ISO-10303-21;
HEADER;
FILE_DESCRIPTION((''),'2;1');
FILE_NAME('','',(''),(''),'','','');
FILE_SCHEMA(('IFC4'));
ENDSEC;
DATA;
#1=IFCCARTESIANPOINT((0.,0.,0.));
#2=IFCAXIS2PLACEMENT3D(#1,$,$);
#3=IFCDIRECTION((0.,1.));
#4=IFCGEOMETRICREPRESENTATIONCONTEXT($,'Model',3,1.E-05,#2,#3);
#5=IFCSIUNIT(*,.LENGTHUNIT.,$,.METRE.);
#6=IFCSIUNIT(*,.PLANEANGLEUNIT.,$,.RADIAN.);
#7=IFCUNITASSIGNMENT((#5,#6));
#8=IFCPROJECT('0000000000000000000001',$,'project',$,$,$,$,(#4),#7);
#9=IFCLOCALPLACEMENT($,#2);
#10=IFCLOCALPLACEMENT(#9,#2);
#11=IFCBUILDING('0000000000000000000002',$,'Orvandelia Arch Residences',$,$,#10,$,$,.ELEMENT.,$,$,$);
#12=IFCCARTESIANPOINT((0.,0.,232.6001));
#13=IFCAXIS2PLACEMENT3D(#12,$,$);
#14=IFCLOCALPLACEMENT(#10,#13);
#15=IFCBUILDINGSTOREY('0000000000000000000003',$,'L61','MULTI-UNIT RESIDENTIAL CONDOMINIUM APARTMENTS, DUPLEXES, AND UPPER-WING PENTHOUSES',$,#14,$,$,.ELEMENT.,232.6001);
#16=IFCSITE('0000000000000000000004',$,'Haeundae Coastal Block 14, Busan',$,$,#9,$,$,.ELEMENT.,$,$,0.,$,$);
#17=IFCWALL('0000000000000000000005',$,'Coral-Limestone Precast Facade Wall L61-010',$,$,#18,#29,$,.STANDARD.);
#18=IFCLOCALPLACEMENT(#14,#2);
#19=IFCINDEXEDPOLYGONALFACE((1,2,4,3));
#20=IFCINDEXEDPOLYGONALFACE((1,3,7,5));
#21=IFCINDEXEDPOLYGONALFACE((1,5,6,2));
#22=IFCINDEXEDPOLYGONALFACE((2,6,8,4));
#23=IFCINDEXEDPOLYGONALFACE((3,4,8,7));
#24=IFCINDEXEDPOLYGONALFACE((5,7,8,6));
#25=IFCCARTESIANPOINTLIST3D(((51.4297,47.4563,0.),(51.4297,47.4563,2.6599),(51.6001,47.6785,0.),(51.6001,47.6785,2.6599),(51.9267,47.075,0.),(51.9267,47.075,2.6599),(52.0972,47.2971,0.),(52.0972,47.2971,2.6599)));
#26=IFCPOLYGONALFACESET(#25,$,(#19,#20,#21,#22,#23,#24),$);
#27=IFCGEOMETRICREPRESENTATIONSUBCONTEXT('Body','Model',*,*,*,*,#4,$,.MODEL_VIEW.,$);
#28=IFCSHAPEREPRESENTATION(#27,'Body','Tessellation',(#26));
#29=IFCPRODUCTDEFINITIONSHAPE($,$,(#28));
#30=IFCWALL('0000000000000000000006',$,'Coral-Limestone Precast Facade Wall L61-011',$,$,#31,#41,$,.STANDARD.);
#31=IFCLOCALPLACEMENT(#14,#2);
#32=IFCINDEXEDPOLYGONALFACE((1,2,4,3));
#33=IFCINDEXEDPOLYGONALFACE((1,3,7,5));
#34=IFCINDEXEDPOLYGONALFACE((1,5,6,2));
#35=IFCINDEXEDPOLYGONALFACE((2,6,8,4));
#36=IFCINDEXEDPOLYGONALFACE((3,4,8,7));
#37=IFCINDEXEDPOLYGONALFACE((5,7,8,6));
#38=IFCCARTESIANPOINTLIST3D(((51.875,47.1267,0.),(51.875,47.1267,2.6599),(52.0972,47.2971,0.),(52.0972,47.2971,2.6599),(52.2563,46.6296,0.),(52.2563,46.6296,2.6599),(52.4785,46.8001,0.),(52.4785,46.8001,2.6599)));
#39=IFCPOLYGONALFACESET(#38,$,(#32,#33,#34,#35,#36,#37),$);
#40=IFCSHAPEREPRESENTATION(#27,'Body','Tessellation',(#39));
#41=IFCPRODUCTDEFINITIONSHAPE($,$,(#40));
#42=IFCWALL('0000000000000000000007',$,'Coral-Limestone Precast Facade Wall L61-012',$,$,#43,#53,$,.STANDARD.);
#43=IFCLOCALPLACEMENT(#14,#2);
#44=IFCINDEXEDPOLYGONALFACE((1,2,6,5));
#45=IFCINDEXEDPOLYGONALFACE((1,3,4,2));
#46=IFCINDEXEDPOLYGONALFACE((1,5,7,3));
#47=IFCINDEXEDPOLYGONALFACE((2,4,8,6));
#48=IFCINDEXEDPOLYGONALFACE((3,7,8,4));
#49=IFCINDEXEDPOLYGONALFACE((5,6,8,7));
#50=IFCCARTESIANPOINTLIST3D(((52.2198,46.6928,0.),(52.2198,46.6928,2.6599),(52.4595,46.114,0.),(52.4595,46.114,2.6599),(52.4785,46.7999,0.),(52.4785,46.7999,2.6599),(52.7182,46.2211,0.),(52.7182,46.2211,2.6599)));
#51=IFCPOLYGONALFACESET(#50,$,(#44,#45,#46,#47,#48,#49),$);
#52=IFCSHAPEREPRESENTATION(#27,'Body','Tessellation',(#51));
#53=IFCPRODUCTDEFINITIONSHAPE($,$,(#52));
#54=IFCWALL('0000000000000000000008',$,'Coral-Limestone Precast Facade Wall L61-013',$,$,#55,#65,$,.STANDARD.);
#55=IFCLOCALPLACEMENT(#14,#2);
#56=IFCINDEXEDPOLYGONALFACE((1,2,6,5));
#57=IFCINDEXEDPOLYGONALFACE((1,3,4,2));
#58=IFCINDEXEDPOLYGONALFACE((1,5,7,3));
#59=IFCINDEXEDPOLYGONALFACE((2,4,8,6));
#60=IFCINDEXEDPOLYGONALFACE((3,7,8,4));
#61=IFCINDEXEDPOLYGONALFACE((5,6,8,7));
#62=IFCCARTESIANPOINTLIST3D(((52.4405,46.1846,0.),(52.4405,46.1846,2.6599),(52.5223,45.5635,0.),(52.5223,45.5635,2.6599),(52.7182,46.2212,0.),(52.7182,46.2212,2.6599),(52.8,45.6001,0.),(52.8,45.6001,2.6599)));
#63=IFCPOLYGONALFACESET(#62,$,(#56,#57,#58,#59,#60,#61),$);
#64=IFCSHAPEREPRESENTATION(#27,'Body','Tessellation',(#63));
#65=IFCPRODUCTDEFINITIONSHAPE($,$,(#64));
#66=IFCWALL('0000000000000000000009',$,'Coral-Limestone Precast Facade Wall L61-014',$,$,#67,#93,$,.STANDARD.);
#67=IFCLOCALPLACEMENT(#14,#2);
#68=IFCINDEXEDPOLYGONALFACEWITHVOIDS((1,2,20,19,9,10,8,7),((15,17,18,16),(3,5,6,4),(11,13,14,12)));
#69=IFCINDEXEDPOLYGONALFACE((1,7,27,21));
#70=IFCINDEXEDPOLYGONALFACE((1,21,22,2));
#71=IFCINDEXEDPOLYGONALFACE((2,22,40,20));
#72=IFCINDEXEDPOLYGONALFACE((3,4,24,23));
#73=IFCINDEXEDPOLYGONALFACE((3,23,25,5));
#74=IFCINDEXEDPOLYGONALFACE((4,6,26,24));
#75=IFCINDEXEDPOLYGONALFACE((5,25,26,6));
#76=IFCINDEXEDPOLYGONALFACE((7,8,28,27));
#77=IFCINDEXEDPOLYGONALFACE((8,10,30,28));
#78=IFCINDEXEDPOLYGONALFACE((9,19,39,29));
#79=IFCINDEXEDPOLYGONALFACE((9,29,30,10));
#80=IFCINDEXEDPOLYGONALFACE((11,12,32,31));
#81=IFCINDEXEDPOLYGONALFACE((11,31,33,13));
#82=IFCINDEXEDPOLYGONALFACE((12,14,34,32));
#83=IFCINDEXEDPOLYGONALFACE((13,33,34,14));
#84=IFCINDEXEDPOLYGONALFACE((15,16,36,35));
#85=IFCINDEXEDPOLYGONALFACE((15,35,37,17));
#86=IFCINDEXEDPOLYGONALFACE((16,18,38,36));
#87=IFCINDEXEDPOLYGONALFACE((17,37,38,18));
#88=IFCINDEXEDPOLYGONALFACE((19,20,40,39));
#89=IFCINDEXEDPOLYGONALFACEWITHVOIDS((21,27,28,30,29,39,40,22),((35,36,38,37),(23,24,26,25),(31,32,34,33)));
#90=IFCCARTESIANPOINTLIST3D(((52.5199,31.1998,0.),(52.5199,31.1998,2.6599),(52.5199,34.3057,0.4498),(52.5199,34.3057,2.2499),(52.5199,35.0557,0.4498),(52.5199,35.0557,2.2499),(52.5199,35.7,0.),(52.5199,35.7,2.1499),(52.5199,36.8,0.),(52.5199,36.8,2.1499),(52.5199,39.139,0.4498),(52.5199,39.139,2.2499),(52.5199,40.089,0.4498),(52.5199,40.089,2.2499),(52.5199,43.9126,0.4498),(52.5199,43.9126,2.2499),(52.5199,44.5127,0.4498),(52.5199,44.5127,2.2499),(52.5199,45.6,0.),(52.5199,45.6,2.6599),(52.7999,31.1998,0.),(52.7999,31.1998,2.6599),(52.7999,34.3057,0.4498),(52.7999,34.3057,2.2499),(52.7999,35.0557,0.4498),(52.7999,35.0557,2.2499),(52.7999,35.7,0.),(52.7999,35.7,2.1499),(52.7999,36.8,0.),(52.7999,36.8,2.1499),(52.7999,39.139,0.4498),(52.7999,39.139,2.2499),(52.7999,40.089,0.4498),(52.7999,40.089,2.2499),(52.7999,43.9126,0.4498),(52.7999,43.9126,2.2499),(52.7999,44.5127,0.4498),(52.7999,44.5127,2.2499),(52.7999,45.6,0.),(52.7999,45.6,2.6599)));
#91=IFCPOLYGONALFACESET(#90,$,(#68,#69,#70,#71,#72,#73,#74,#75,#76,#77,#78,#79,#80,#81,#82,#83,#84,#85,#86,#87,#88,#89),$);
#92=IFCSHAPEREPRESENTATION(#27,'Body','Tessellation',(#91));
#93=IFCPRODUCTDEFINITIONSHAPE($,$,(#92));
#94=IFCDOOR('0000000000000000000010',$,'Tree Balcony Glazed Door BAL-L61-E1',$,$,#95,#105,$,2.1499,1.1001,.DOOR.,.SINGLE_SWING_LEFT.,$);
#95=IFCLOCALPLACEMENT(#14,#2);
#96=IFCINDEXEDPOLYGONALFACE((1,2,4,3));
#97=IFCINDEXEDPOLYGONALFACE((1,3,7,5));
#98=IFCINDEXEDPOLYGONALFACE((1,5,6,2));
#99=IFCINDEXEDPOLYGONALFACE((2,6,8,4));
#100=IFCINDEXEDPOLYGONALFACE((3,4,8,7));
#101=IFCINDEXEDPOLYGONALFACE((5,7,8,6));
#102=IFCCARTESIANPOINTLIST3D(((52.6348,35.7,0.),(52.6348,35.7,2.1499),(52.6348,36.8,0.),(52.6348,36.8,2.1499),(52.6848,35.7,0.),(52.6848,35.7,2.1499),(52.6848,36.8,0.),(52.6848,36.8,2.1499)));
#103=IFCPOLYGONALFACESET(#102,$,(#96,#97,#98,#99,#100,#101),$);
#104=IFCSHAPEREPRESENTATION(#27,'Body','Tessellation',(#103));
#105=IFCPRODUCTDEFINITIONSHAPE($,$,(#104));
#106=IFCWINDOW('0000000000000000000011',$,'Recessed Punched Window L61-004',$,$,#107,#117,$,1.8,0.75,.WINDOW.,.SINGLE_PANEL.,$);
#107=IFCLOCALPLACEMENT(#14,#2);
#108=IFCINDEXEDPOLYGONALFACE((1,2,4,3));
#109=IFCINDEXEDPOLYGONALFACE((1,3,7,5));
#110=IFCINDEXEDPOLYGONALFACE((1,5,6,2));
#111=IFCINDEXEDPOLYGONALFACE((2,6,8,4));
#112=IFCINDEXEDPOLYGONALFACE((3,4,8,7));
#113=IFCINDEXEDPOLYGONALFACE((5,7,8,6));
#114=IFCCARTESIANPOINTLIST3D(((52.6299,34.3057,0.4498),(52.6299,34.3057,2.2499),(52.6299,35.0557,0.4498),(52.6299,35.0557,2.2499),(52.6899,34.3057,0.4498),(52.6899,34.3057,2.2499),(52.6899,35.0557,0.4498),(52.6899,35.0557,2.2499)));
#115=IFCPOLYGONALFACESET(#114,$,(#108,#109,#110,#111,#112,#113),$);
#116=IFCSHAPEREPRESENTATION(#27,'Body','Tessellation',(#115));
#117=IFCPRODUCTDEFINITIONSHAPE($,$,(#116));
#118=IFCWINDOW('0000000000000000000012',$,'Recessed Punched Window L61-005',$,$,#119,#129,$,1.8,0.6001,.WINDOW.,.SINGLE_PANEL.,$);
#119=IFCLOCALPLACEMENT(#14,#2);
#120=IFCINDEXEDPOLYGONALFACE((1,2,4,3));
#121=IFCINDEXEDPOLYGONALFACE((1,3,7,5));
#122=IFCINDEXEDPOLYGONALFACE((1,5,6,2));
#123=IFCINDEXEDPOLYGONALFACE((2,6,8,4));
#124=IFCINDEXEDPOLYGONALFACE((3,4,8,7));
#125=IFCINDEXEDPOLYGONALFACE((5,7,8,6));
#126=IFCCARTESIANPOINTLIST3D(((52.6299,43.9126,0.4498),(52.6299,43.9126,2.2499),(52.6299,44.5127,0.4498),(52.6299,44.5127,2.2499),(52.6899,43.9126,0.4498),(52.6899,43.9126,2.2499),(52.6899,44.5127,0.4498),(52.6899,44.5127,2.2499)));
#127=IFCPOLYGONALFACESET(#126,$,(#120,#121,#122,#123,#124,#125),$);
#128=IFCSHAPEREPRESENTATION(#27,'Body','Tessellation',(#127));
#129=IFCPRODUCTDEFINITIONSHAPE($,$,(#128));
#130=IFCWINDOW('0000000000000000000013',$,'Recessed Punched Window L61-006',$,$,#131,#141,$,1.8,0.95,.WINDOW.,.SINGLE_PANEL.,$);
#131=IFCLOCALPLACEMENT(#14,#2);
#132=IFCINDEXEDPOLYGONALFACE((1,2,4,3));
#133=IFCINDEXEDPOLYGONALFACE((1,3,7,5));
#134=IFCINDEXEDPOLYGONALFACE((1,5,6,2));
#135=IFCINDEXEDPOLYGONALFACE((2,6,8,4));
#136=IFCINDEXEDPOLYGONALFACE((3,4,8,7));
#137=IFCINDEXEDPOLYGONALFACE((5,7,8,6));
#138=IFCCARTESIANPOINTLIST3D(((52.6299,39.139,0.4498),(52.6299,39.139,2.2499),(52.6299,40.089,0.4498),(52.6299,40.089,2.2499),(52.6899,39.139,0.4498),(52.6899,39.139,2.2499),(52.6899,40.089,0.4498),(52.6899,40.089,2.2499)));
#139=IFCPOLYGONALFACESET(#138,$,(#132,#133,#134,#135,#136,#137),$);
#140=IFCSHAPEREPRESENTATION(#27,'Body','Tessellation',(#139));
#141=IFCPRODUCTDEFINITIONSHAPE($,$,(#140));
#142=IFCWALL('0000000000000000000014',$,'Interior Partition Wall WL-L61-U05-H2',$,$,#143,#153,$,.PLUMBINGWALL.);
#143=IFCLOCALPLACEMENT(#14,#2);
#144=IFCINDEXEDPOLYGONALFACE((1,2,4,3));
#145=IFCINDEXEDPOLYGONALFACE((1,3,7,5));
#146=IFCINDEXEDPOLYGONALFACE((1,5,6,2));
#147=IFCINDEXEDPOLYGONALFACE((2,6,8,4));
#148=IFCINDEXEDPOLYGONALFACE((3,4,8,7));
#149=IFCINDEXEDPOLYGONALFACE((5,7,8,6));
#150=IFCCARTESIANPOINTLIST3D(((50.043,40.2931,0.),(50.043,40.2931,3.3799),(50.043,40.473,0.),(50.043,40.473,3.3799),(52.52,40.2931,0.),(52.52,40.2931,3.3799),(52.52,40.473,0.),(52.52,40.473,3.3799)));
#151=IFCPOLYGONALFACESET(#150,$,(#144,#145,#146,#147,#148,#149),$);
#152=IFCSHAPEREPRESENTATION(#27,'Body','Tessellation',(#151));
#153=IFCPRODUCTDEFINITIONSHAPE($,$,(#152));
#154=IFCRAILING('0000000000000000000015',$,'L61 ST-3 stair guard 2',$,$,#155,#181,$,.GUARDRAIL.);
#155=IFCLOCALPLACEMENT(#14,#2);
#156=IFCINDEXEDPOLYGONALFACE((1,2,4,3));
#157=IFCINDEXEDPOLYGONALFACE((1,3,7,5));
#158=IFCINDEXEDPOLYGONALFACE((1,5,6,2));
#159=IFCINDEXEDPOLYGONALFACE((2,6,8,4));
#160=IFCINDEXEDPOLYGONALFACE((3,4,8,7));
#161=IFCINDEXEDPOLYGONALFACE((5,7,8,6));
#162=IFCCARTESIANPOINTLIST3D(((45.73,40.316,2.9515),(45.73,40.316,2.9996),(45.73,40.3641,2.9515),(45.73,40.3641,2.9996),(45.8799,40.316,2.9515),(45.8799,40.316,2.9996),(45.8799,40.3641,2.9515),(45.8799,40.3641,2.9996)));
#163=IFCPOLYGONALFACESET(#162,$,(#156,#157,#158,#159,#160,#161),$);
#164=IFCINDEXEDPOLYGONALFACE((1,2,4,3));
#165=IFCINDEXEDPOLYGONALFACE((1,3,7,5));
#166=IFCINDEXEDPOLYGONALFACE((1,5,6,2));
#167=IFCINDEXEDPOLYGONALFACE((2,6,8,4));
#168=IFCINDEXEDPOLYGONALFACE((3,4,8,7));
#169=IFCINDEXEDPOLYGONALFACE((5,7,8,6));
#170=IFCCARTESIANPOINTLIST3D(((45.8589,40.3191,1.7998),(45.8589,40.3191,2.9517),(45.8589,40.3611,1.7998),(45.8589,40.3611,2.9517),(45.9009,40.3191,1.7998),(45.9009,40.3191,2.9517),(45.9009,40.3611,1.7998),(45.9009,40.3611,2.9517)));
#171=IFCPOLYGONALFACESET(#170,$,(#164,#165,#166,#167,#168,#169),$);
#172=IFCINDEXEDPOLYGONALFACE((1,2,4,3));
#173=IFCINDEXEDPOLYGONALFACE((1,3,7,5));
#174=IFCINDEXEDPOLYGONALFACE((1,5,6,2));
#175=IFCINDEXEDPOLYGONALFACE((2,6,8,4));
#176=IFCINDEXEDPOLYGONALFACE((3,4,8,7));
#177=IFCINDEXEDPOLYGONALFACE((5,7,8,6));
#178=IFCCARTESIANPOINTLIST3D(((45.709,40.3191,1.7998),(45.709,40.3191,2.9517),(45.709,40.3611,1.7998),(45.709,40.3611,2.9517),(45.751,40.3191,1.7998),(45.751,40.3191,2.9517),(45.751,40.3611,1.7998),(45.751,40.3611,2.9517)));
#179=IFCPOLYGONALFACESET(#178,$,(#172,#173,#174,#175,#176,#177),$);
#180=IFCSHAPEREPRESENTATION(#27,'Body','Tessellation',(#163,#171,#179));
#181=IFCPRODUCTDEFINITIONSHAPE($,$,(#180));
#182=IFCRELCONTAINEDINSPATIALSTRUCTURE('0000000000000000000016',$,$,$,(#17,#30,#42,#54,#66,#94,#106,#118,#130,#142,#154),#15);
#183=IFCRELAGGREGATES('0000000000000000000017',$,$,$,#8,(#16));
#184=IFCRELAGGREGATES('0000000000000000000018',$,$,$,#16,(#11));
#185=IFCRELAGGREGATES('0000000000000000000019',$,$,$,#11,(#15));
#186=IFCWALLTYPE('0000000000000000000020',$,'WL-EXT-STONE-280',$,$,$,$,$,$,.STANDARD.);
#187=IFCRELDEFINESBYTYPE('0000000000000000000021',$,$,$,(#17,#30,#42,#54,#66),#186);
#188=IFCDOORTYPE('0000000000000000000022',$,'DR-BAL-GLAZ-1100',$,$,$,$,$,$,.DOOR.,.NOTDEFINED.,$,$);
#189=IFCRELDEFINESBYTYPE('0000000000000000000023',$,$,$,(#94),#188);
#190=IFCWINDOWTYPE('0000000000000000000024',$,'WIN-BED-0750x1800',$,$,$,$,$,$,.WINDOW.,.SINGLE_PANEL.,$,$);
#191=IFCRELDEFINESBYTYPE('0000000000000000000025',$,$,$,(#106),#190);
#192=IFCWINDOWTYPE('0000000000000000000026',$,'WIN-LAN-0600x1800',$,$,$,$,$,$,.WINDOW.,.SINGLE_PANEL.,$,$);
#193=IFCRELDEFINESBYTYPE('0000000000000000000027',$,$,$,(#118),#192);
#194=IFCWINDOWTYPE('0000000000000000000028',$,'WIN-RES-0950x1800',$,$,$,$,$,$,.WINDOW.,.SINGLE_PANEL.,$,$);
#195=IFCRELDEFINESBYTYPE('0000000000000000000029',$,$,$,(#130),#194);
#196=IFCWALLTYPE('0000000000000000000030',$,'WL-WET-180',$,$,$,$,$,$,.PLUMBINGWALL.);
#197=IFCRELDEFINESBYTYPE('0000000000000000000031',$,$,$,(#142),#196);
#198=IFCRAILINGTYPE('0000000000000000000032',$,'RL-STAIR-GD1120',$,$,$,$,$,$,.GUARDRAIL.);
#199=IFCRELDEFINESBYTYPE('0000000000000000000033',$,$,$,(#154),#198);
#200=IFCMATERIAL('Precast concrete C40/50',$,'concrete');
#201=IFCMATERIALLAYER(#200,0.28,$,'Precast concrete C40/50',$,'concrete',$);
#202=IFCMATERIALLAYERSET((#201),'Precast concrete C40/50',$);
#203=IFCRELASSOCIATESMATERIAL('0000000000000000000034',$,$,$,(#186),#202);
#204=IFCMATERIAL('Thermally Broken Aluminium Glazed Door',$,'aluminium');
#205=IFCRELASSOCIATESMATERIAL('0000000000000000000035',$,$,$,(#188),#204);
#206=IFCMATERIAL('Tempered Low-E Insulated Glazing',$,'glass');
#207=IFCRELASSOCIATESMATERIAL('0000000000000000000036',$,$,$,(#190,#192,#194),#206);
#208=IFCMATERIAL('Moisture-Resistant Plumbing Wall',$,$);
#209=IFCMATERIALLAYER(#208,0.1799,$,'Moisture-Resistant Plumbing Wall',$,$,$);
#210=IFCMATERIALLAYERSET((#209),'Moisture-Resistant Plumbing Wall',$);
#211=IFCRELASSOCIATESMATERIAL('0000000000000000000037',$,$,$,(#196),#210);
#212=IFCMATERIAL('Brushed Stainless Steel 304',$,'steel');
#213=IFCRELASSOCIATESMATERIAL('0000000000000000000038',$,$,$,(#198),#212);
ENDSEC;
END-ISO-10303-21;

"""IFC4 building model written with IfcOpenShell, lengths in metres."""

from ifc_helpers import new_model, si_unit, direction, frame, frame_2d, origin, origin_2d, place, context, subcontext, project, spatial, rectangle, extrude, material, layer, layer_set, type_object, element, fill, save


model = new_model("IFC4")

# Units and contexts
model_context = context("Model", 3, precision=1e-05, world=origin(), true_north=direction((0.0, 1.0)))
body_context = subcontext(model_context, "Body", "Model", "MODEL_VIEW")
ifc_project = project(units=[si_unit("LENGTHUNIT", "METRE"), si_unit("PLANEANGLEUNIT", "RADIAN")], contexts=[model_context])

# Site, building, storey
site_placement = place(None, origin())
site = spatial("IfcSite", under=ifc_project, at=site_placement, Name="Haeundae Coastal Block 14, Busan", CompositionType="ELEMENT", RefElevation=0.0)
building_placement = place(site_placement, origin())
building = spatial("IfcBuilding", under=site, at=building_placement, Name="Orvandelia Arch Residences", CompositionType="ELEMENT")
storey_placement = place(building_placement, frame((0.0, 0.0, 232.6001)))
storey = spatial("IfcBuildingStorey", under=building, at=storey_placement, Name="L61", Description="MULTI-UNIT RESIDENTIAL CONDOMINIUM APARTMENTS, DUPLEXES, AND UPPER-WING PENTHOUSES", CompositionType="ELEMENT", Elevation=232.6001)

# Walls
ifc_material_1 = material(Name="Precast concrete C40/50", Category="concrete")
ifc_layer_1 = layer(ifc_material_1, 0.28, Name="Precast concrete C40/50", Category="concrete")
ifc_layer_set_1 = layer_set([ifc_layer_1], Name="Precast concrete C40/50")
wall_type_1 = type_object("IfcWallType", Name="WL-EXT-STONE-280", PredefinedType="STANDARD", material=ifc_layer_set_1)
for number, where, z_axis, x_axis, name in (
    (1, (51.5149, 47.5674, 0.0), (0.0, 0.0, 1.0), (0.793406, -0.608693, 0.0), "Coral-Limestone Precast Facade Wall L61-010"),
    (2, (51.9861, 47.2119, 0.0), (0.0, 0.0, 1.0), (0.608693, -0.793406, 0.0), "Coral-Limestone Precast Facade Wall L61-011"),
    (3, (52.3491, 46.7463, 0.0), (0.0, 0.0, 1.0), (0.38265, -0.923893, 0.0), "Coral-Limestone Precast Facade Wall L61-012"),
    (4, (52.5793, 46.2029, 0.0), (0.0, 0.0, 1.0), (0.130555, -0.991441, 0.0), "Coral-Limestone Precast Facade Wall L61-013"),
):
    element("IfcWall", number, at=place(storey_placement, frame(where, z_axis=z_axis, x_axis=x_axis)), inside=storey, type_object=wall_type_1, Name=name, PredefinedType="STANDARD", context=body_context, shape_type="SweptSolid", body=[
        extrude(rectangle(XDim=0.6265, YDim=0.28, at=frame_2d((0.3132, 0.0))), origin(), (0.0, 0.0, 1.0), 2.6599),
    ])

# Wall, openings, door, windows
wall_1_placement = place(storey_placement, frame((52.6599, 45.6001, 0.0), z_axis=(0.0, 0.0, 1.0), x_axis=(0.0, -1.0, 0.0)))
wall_1 = element("IfcWall", 5, at=wall_1_placement, inside=storey, type_object=wall_type_1, Name="Coral-Limestone Precast Facade Wall L61-014", PredefinedType="STANDARD", context=body_context, shape_type="SweptSolid", body=[
    extrude(rectangle(XDim=14.4001, YDim=0.28, at=frame_2d((7.2002, 0.0))), origin(), (0.0, 0.0, 1.0), 2.6599),
])
opening_1_placement = place(wall_1_placement, frame((8.8, 0.0, 0.0)))
opening_1 = element("IfcOpeningElement", 6, at=opening_1_placement, cuts=wall_1, PredefinedType="OPENING", context=body_context, shape_type="SweptSolid", body=[
    extrude(rectangle(XDim=1.1001, YDim=2.1499, at=frame_2d((0.55, 1.075))), frame((0.0, 0.1499, 0.0), z_axis=(0.0, -1.0, 0.0), x_axis=(1.0, 0.0, 0.0)), (0.0, 0.0, 1.0), 0.3),
])
opening_2_placement = place(wall_1_placement, frame((10.5444, 0.0, 0.45)))
opening_2 = element("IfcOpeningElement", 7, at=opening_2_placement, cuts=wall_1, PredefinedType="OPENING", context=body_context, shape_type="SweptSolid", body=[
    extrude(rectangle(XDim=0.75, YDim=1.8, at=frame_2d((0.375, 0.8999))), frame((0.0, 0.1499, 0.0), z_axis=(0.0, -1.0, 0.0), x_axis=(1.0, 0.0, 0.0)), (0.0, 0.0, 1.0), 0.3),
])
opening_3_placement = place(wall_1_placement, frame((1.0874, 0.0, 0.45)))
opening_3 = element("IfcOpeningElement", 8, at=opening_3_placement, cuts=wall_1, PredefinedType="OPENING", context=body_context, shape_type="SweptSolid", body=[
    extrude(rectangle(XDim=0.6001, YDim=1.8, at=frame_2d((0.3, 0.8999))), frame((0.0, 0.1499, 0.0), z_axis=(0.0, -1.0, 0.0), x_axis=(1.0, 0.0, 0.0)), (0.0, 0.0, 1.0), 0.3),
])
opening_4_placement = place(wall_1_placement, frame((5.511, 0.0, 0.45)))
opening_4 = element("IfcOpeningElement", 9, at=opening_4_placement, cuts=wall_1, PredefinedType="OPENING", context=body_context, shape_type="SweptSolid", body=[
    extrude(rectangle(XDim=0.95, YDim=1.8, at=frame_2d((0.4751, 0.8999))), frame((0.0, 0.1499, 0.0), z_axis=(0.0, -1.0, 0.0), x_axis=(1.0, 0.0, 0.0)), (0.0, 0.0, 1.0), 0.3),
])
ifc_material_2 = material(Name="Thermally Broken Aluminium Glazed Door", Category="aluminium")
door_type_1 = type_object("IfcDoorType", Name="DR-BAL-GLAZ-1100", OperationType="NOTDEFINED", PredefinedType="DOOR", material=ifc_material_2)
door_1_placement = place(opening_1_placement, origin())
door_1 = element("IfcDoor", 10, at=door_1_placement, inside=storey, type_object=door_type_1, Name="Tree Balcony Glazed Door BAL-L61-E1", OperationType="SINGLE_SWING_LEFT", OverallHeight=2.1499, OverallWidth=1.1001, PredefinedType="DOOR", context=body_context, shape_type="SweptSolid", body=[
    extrude(rectangle(XDim=1.1001, YDim=2.1499, at=frame_2d((0.55, 1.075))), frame((0.0, 0.0249, 0.0), z_axis=(0.0, -1.0, 0.0), x_axis=(1.0, 0.0, 0.0)), (0.0, 0.0, 1.0), 0.05),
])
fill(opening_1, door_1)
ifc_material_3 = material(Name="Tempered Low-E Insulated Glazing", Category="glass")
window_type_1 = type_object("IfcWindowType", Name="WIN-BED-0750x1800", PartitioningType="SINGLE_PANEL", PredefinedType="WINDOW", material=ifc_material_3)
window_1_placement = place(opening_2_placement, origin())
window_1 = element("IfcWindow", 11, at=window_1_placement, inside=storey, type_object=window_type_1, Name="Recessed Punched Window L61-004", OverallHeight=1.8, OverallWidth=0.75, PartitioningType="SINGLE_PANEL", PredefinedType="WINDOW", context=body_context, shape_type="SweptSolid", body=[
    extrude(rectangle(XDim=0.75, YDim=1.8, at=frame_2d((0.375, 0.8999))), frame((0.0, 0.03, 0.0), z_axis=(0.0, -1.0, 0.0), x_axis=(1.0, 0.0, 0.0)), (0.0, 0.0, 1.0), 0.0601),
])
fill(opening_2, window_1)
window_type_2 = type_object("IfcWindowType", Name="WIN-LAN-0600x1800", PartitioningType="SINGLE_PANEL", PredefinedType="WINDOW", material=ifc_material_3)
window_2_placement = place(opening_3_placement, origin())
window_2 = element("IfcWindow", 12, at=window_2_placement, inside=storey, type_object=window_type_2, Name="Recessed Punched Window L61-005", OverallHeight=1.8, OverallWidth=0.6001, PartitioningType="SINGLE_PANEL", PredefinedType="WINDOW", context=body_context, shape_type="SweptSolid", body=[
    extrude(rectangle(XDim=0.6001, YDim=1.8, at=frame_2d((0.3, 0.8999))), frame((0.0, 0.03, 0.0), z_axis=(0.0, -1.0, 0.0), x_axis=(1.0, 0.0, 0.0)), (0.0, 0.0, 1.0), 0.0601),
])
fill(opening_3, window_2)
window_type_3 = type_object("IfcWindowType", Name="WIN-RES-0950x1800", PartitioningType="SINGLE_PANEL", PredefinedType="WINDOW", material=ifc_material_3)
window_3_placement = place(opening_4_placement, origin())
window_3 = element("IfcWindow", 13, at=window_3_placement, inside=storey, type_object=window_type_3, Name="Recessed Punched Window L61-006", OverallHeight=1.8, OverallWidth=0.95, PartitioningType="SINGLE_PANEL", PredefinedType="WINDOW", context=body_context, shape_type="SweptSolid", body=[
    extrude(rectangle(XDim=0.95, YDim=1.8, at=frame_2d((0.4751, 0.8999))), frame((0.0, 0.03, 0.0), z_axis=(0.0, -1.0, 0.0), x_axis=(1.0, 0.0, 0.0)), (0.0, 0.0, 1.0), 0.0601),
])
fill(opening_4, window_3)

# Wall
ifc_material_4 = material(Name="Moisture-Resistant Plumbing Wall")
ifc_layer_2 = layer(ifc_material_4, 0.1799, Name="Moisture-Resistant Plumbing Wall")
ifc_layer_set_2 = layer_set([ifc_layer_2], Name="Moisture-Resistant Plumbing Wall")
wall_type_2 = type_object("IfcWallType", Name="WL-WET-180", PredefinedType="PLUMBINGWALL", material=ifc_layer_set_2)
wall_2_placement = place(storey_placement, frame((50.043, 40.3831, 0.0), z_axis=(0.0, 0.0, 1.0), x_axis=(1.0, 0.0, 0.0)))
element("IfcWall", 14, at=wall_2_placement, inside=storey, type_object=wall_type_2, Name="Interior Partition Wall WL-L61-U05-H2", PredefinedType="PLUMBINGWALL", context=body_context, shape_type="SweptSolid", body=[
    extrude(rectangle(XDim=2.4771, YDim=0.1799, at=frame_2d((1.2385, 0.0))), origin(), (0.0, 0.0, 1.0), 3.3799),
])

# Railing
ifc_material_5 = material(Name="Brushed Stainless Steel 304", Category="steel")
railing_type = type_object("IfcRailingType", Name="RL-STAIR-GD1120", PredefinedType="GUARDRAIL", material=ifc_material_5)
railing_1_placement = place(storey_placement, frame((45.8799, 40.3401, 1.7998)))
element("IfcRailing", 15, at=railing_1_placement, inside=storey, type_object=railing_type, Name="L61 ST-3 stair guard 2", PredefinedType="GUARDRAIL", context=body_context, shape_type="SweptSolid", body=[
    extrude(rectangle(XDim=0.0481, YDim=0.0481, at=origin_2d()), frame((0.0, 0.0, 1.1758), z_axis=(-1.0, 0.0, 0.0), x_axis=(0.0, -1.0, 0.0)), (0.0, 0.0, 1.0), 0.1499),
    extrude(rectangle(XDim=0.042, YDim=0.042, at=origin_2d()), origin(), (0.0, 0.0, 1.0), 1.1519),
    extrude(rectangle(XDim=0.042, YDim=0.042, at=origin_2d()), frame((-0.1499, 0.0, 0.0)), (0.0, 0.0, 1.0), 1.1519),
])

save(model, "model.ifc")
